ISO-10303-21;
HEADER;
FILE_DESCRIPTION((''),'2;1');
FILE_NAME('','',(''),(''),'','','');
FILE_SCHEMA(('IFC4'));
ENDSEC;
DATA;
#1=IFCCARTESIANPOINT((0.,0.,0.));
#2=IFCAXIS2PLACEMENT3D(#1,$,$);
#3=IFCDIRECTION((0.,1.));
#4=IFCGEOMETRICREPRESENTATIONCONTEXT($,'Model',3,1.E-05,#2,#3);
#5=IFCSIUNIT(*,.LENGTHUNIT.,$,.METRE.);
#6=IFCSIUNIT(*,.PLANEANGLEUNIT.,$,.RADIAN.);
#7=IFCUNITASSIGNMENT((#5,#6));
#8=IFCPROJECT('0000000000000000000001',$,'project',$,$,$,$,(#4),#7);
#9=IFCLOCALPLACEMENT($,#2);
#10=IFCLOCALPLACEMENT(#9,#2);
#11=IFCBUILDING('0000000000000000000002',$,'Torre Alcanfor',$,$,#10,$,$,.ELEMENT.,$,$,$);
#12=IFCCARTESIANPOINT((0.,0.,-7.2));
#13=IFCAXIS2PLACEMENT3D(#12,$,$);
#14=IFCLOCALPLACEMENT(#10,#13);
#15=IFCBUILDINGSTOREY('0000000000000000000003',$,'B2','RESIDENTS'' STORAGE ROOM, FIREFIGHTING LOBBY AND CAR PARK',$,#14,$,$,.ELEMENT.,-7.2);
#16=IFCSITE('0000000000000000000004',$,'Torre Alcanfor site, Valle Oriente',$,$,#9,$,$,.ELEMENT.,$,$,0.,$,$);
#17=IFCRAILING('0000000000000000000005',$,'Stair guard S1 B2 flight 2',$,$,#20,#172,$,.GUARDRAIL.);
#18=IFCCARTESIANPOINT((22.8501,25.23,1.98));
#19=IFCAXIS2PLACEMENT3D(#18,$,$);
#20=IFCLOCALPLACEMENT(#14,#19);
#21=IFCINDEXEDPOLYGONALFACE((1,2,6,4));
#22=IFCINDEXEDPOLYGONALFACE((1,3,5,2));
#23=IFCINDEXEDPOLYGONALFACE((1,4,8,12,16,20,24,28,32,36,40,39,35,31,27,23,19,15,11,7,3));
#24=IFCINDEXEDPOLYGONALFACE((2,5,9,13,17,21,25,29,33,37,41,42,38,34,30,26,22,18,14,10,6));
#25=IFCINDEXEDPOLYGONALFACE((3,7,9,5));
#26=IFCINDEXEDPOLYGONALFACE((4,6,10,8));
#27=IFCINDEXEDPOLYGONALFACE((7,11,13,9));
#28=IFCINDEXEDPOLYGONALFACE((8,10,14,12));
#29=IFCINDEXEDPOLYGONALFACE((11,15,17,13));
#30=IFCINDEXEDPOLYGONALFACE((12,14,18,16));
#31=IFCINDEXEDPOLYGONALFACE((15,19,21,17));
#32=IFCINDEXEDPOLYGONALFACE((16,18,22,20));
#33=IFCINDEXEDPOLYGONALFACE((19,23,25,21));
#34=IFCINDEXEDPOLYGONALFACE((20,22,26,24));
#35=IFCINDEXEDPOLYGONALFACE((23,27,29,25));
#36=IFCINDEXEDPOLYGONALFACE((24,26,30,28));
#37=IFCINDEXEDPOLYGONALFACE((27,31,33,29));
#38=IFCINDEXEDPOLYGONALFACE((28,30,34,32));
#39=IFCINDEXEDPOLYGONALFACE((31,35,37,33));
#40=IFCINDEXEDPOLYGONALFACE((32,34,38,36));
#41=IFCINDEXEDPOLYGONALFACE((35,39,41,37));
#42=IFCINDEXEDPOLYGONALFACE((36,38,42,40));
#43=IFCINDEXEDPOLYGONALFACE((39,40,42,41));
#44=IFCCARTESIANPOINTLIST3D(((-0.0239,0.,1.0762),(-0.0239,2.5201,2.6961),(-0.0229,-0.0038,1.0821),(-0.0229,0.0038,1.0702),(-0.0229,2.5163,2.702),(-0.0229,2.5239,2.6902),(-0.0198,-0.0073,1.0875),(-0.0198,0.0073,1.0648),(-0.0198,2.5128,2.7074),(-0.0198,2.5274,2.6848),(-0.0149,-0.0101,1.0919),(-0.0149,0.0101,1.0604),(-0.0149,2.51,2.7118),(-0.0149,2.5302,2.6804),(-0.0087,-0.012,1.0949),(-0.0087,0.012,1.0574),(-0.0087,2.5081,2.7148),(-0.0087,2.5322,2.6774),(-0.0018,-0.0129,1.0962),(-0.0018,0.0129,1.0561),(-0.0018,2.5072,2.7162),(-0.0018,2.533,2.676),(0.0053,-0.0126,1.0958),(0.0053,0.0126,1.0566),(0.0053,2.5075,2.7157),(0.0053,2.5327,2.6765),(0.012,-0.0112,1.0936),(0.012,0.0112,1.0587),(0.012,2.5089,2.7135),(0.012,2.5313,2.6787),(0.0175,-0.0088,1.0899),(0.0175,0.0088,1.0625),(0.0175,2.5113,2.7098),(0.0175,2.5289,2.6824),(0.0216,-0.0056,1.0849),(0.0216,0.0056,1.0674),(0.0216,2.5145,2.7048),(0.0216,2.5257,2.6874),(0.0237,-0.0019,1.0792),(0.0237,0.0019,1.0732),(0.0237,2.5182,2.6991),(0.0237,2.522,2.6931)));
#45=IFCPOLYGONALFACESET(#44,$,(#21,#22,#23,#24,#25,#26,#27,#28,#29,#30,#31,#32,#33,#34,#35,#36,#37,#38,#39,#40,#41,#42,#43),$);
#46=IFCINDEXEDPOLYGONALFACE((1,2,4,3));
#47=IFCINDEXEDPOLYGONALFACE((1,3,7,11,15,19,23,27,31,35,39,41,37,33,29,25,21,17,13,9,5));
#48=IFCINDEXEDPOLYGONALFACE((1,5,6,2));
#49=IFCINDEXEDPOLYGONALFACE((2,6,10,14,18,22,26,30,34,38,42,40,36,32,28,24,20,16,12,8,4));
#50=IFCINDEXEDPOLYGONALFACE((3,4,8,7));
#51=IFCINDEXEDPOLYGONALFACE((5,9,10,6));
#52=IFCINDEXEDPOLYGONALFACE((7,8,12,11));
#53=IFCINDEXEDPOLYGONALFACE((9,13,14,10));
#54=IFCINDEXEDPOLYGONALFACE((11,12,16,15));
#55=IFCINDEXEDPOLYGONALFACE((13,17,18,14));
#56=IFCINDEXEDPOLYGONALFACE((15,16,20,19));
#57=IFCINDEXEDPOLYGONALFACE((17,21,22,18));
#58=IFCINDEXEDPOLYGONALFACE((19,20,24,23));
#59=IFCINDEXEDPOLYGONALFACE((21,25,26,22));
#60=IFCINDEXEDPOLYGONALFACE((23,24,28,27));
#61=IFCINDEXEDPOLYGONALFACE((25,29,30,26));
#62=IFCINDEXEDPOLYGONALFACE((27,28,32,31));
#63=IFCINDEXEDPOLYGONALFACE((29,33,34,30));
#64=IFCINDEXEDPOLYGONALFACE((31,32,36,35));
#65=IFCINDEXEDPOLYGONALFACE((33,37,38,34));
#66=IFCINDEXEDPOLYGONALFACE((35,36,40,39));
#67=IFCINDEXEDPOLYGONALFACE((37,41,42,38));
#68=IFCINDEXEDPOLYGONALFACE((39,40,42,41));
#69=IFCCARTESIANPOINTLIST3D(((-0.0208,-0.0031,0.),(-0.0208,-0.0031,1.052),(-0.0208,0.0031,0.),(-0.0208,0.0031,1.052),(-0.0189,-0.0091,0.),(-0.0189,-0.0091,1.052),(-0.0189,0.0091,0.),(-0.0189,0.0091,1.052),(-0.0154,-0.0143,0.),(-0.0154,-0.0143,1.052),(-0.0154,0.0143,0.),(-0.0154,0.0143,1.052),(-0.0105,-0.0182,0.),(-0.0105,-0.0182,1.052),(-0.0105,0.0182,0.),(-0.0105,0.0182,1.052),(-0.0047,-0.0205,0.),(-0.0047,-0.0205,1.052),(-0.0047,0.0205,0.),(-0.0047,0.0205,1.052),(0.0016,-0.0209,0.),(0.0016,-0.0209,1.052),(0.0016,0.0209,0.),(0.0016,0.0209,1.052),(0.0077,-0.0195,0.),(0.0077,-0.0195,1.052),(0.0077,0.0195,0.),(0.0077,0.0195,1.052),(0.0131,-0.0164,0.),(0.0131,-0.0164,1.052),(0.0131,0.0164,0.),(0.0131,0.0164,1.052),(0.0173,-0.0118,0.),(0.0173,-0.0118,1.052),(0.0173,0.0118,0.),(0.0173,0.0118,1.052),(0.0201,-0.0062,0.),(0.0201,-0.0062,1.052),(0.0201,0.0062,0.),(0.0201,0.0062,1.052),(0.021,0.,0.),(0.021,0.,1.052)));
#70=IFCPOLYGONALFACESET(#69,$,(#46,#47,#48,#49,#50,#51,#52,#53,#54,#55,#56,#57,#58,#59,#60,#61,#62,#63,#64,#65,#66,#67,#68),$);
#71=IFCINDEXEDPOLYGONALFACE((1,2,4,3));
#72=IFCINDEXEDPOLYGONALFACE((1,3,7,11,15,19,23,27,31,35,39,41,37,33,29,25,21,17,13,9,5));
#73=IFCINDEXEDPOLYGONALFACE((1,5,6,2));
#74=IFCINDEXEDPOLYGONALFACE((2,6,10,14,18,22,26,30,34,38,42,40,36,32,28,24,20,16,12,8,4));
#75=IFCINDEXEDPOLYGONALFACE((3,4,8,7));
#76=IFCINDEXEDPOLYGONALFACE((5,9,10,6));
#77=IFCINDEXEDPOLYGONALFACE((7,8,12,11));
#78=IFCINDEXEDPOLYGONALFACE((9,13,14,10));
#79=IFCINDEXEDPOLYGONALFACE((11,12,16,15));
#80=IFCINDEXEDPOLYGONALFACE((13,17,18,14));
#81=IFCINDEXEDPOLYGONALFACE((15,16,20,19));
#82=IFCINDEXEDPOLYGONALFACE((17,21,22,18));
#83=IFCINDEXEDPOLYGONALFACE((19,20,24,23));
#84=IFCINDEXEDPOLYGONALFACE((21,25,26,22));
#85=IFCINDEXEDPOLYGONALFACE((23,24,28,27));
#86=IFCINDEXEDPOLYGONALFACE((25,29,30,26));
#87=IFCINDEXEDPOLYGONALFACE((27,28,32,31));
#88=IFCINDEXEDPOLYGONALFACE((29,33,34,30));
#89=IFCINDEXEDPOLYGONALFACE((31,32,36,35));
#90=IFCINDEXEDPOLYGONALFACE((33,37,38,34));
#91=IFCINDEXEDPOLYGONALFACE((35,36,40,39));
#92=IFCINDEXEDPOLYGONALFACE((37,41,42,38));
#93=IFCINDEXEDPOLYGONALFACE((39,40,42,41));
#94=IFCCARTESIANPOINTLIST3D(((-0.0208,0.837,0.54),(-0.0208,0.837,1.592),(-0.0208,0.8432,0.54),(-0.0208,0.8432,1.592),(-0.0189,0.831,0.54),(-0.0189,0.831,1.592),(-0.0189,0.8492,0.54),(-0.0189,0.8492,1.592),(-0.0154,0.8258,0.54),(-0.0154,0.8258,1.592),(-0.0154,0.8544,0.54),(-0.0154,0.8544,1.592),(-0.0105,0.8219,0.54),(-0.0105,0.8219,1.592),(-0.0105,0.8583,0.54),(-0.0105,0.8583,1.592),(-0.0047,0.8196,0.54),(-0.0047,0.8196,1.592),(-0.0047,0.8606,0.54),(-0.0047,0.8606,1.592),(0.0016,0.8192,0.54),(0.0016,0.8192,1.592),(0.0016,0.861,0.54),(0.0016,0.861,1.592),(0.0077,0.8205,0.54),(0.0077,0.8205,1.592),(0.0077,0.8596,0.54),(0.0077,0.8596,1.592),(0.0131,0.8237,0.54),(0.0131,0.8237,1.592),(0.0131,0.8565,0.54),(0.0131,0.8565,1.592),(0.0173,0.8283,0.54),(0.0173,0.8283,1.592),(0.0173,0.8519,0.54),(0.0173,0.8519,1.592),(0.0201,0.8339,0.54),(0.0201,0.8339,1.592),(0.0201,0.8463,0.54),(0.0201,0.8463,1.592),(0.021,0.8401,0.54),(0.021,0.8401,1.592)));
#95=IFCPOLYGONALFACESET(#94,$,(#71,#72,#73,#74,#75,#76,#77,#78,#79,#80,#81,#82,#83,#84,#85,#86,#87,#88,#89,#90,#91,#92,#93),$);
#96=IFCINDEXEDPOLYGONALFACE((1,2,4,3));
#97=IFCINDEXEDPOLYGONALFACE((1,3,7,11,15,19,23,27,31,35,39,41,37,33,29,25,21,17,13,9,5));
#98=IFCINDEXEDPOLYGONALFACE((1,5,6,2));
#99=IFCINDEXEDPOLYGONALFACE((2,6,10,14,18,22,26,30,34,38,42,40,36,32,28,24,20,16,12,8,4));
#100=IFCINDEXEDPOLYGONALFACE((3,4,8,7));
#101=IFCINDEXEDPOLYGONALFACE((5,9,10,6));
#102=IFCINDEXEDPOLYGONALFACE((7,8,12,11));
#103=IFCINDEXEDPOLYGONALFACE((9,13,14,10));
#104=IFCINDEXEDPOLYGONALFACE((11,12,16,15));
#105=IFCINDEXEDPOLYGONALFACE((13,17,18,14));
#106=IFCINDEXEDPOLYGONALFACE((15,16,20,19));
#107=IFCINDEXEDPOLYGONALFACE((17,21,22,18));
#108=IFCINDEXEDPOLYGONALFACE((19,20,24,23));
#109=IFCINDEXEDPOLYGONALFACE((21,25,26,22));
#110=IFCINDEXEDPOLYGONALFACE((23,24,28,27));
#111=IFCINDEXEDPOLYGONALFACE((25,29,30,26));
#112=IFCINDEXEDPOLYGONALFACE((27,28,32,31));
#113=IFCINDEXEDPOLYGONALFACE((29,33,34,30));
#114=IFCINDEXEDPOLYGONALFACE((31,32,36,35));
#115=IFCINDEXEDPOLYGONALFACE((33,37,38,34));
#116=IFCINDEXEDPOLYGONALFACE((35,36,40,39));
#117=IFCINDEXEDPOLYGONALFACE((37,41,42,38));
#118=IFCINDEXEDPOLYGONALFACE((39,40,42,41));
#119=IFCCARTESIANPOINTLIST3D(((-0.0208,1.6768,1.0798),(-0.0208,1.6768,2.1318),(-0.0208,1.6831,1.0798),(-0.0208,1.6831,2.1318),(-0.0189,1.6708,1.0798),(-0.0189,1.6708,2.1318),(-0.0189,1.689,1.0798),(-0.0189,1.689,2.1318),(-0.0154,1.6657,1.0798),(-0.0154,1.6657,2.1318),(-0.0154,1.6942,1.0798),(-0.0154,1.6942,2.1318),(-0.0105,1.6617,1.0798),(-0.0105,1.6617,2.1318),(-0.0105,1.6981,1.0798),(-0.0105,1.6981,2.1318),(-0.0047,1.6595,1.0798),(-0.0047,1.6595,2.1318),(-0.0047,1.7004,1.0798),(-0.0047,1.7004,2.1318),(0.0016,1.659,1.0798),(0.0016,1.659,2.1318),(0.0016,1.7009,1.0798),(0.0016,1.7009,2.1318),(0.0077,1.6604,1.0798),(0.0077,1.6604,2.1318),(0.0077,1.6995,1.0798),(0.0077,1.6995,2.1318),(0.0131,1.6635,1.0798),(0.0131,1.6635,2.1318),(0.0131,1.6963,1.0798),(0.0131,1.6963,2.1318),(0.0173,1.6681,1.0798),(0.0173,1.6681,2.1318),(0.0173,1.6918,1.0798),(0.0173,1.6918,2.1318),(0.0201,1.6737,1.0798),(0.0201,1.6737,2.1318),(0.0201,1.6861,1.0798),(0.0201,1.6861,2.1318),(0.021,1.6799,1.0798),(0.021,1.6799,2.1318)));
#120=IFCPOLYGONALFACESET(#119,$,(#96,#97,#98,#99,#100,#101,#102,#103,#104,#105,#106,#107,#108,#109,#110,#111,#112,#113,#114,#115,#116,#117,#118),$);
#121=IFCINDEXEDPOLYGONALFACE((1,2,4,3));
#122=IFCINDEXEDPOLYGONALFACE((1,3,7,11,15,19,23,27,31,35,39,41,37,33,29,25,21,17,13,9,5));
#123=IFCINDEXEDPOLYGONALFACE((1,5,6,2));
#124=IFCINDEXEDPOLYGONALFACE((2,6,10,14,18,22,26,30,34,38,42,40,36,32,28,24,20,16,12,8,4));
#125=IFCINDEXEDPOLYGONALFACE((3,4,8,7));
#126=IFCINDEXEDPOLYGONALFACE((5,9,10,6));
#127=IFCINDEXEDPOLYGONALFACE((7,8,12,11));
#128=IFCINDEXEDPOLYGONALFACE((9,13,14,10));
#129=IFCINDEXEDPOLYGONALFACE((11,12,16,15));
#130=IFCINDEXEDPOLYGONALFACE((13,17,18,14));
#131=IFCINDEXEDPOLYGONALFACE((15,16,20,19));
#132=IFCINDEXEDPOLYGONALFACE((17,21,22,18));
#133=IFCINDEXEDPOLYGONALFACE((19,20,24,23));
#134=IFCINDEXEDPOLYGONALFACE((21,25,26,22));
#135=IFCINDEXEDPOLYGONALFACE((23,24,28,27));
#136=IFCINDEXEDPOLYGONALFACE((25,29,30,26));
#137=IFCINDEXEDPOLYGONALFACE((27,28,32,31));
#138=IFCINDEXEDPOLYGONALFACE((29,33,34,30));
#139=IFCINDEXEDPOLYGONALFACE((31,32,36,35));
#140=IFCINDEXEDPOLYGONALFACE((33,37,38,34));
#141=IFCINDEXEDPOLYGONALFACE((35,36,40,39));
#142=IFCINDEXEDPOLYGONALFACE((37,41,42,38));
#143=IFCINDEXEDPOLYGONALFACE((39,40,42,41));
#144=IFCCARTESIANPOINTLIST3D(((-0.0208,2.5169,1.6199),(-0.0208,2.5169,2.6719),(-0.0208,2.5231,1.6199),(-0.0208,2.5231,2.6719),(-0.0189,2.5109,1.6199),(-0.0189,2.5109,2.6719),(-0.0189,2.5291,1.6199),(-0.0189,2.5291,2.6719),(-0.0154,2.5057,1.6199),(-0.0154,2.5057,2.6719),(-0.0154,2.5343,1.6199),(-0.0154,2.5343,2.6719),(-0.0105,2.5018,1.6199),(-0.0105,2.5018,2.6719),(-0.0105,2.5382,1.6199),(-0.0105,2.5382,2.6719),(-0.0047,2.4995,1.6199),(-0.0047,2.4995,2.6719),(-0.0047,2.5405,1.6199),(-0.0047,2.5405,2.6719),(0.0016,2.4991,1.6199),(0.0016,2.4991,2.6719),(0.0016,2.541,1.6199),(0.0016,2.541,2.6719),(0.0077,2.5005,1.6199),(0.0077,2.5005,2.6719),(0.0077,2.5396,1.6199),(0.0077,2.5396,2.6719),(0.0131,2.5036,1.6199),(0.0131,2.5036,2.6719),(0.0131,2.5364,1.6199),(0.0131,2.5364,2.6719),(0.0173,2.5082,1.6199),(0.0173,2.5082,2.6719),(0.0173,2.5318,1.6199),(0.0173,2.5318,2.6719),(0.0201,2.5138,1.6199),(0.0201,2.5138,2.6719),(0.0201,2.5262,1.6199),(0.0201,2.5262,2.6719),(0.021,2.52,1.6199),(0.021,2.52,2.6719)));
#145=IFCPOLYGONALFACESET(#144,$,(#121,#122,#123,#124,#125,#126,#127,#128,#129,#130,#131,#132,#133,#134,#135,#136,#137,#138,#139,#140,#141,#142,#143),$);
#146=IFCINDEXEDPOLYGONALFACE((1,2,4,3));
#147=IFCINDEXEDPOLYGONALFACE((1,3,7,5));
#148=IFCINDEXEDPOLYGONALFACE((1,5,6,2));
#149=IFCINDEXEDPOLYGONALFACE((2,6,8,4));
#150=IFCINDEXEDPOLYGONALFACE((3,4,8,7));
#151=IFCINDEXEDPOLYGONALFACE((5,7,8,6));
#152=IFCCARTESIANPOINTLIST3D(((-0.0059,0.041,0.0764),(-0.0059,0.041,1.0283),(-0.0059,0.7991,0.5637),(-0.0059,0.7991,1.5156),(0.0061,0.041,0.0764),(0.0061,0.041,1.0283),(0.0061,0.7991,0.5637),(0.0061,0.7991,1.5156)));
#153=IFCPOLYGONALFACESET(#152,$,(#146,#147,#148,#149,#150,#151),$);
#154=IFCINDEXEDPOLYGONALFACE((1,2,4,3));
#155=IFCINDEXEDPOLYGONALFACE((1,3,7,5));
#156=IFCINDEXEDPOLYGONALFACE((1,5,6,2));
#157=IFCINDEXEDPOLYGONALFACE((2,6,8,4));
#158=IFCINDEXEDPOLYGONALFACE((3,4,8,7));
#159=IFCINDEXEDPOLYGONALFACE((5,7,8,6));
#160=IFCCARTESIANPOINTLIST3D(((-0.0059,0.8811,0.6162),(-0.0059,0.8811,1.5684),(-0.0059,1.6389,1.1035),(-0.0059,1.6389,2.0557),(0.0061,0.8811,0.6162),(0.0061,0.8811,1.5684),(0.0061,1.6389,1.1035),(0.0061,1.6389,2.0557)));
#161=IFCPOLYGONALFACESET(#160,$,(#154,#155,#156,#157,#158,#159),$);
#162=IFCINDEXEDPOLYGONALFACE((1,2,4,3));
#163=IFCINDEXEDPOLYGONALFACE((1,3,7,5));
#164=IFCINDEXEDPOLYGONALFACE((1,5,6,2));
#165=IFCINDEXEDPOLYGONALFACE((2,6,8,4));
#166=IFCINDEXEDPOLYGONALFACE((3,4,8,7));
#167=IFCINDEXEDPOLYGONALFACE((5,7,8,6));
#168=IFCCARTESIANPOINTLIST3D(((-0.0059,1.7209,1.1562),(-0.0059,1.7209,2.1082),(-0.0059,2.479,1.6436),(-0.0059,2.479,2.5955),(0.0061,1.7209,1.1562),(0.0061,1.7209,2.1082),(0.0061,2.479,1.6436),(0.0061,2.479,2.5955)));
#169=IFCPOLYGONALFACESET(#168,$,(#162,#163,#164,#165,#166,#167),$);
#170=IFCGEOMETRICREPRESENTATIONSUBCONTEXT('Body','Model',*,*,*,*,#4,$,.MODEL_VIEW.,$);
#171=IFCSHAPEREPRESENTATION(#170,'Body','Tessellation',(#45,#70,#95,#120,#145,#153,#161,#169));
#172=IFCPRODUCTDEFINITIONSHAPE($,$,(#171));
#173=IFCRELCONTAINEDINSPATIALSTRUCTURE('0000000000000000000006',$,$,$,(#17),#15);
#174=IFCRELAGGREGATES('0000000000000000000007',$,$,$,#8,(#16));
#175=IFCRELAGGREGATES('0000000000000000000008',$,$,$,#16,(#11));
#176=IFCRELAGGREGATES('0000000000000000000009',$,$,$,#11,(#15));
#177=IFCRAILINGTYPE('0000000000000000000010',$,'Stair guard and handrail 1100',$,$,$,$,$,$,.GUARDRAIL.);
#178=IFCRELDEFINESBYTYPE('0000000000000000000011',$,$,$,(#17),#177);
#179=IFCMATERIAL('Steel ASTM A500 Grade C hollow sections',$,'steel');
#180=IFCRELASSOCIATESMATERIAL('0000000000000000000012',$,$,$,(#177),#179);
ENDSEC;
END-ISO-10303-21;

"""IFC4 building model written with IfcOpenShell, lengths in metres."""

from ifc_helpers import new_model, si_unit, direction, frame, origin, origin_2d, place, context, subcontext, project, spatial, polyline, circle, outline, extrude, material, type_object, element, save


model = new_model("IFC4")

# Units and contexts
model_context = context("Model", 3, precision=1e-05, world=origin(), true_north=direction((0.0, 1.0)))
body_context = subcontext(model_context, "Body", "Model", "MODEL_VIEW")
ifc_project = project(units=[si_unit("LENGTHUNIT", "METRE"), si_unit("PLANEANGLEUNIT", "RADIAN")], contexts=[model_context])

# Site, building, storey
site_placement = place(None, origin())
site = spatial("IfcSite", under=ifc_project, at=site_placement, Name="Torre Alcanfor site, Valle Oriente", CompositionType="ELEMENT", RefElevation=0.0)
building_placement = place(site_placement, origin())
building = spatial("IfcBuilding", under=site, at=building_placement, Name="Torre Alcanfor", CompositionType="ELEMENT")
storey_placement = place(building_placement, frame((0.0, 0.0, -7.2)))
storey = spatial("IfcBuildingStorey", under=building, at=storey_placement, Name="B2", Description="RESIDENTS' STORAGE ROOM, FIREFIGHTING LOBBY AND CAR PARK", CompositionType="ELEMENT", Elevation=-7.2)

# Railing
ifc_material_1 = material(Name="Steel ASTM A500 Grade C hollow sections", Category="steel")
railing_type_1 = type_object("IfcRailingType", Name="Stair guard and handrail 1100", PredefinedType="GUARDRAIL", material=ifc_material_1)
railing_1_placement = place(storey_placement, frame((22.8501, 25.23, 1.98)))
element("IfcRailing", 1, at=railing_1_placement, inside=storey, type_object=railing_type_1, Name="Stair guard S1 B2 flight 2", PredefinedType="GUARDRAIL", context=body_context, shape_type="SweptSolid", body=[
    extrude(circle(Radius=0.0239, at=origin_2d()), frame((0.0, 0.0, 1.0762), z_axis=(0.0, 0.8412, 0.540725), x_axis=(-1.0, 0.0, 0.0)), (0.0, 0.0, 1.0), 2.9958),
    extrude(circle(Radius=0.021, at=origin_2d()), origin(), (0.0, 0.0, 1.0), 1.052),
    extrude(circle(Radius=0.021, at=origin_2d()), frame((0.0, 0.8401, 0.54)), (0.0, 0.0, 1.0), 1.052),
    extrude(circle(Radius=0.021, at=origin_2d()), frame((0.0, 1.6799, 1.0798)), (0.0, 0.0, 1.0), 1.052),
    extrude(circle(Radius=0.021, at=origin_2d()), frame((0.0, 2.52, 1.6199)), (0.0, 0.0, 1.0), 1.052),
    extrude(outline(polyline([(0.041, 0.0764), (0.7991, 0.5637), (0.7991, 1.5156), (0.041, 1.0283), (0.041, 0.0764)])), frame((-0.0059, 0.0, 0.0), z_axis=(1.0, 0.0, 0.0), x_axis=(0.0, 1.0, 0.0)), (0.0, 0.0, 1.0), 0.012),
    extrude(outline(polyline([(0.8811, 0.6162), (1.6389, 1.1035), (1.6389, 2.0557), (0.8811, 1.5684), (0.8811, 0.6162)])), frame((-0.0059, 0.0, 0.0), z_axis=(1.0, 0.0, 0.0), x_axis=(0.0, 1.0, 0.0)), (0.0, 0.0, 1.0), 0.012),
    extrude(outline(polyline([(1.7209, 1.1562), (2.479, 1.6436), (2.479, 2.5955), (1.7209, 2.1082), (1.7209, 1.1562)])), frame((-0.0059, 0.0, 0.0), z_axis=(1.0, 0.0, 0.0), x_axis=(0.0, 1.0, 0.0)), (0.0, 0.0, 1.0), 0.012),
])

save(model, "model.ifc")
